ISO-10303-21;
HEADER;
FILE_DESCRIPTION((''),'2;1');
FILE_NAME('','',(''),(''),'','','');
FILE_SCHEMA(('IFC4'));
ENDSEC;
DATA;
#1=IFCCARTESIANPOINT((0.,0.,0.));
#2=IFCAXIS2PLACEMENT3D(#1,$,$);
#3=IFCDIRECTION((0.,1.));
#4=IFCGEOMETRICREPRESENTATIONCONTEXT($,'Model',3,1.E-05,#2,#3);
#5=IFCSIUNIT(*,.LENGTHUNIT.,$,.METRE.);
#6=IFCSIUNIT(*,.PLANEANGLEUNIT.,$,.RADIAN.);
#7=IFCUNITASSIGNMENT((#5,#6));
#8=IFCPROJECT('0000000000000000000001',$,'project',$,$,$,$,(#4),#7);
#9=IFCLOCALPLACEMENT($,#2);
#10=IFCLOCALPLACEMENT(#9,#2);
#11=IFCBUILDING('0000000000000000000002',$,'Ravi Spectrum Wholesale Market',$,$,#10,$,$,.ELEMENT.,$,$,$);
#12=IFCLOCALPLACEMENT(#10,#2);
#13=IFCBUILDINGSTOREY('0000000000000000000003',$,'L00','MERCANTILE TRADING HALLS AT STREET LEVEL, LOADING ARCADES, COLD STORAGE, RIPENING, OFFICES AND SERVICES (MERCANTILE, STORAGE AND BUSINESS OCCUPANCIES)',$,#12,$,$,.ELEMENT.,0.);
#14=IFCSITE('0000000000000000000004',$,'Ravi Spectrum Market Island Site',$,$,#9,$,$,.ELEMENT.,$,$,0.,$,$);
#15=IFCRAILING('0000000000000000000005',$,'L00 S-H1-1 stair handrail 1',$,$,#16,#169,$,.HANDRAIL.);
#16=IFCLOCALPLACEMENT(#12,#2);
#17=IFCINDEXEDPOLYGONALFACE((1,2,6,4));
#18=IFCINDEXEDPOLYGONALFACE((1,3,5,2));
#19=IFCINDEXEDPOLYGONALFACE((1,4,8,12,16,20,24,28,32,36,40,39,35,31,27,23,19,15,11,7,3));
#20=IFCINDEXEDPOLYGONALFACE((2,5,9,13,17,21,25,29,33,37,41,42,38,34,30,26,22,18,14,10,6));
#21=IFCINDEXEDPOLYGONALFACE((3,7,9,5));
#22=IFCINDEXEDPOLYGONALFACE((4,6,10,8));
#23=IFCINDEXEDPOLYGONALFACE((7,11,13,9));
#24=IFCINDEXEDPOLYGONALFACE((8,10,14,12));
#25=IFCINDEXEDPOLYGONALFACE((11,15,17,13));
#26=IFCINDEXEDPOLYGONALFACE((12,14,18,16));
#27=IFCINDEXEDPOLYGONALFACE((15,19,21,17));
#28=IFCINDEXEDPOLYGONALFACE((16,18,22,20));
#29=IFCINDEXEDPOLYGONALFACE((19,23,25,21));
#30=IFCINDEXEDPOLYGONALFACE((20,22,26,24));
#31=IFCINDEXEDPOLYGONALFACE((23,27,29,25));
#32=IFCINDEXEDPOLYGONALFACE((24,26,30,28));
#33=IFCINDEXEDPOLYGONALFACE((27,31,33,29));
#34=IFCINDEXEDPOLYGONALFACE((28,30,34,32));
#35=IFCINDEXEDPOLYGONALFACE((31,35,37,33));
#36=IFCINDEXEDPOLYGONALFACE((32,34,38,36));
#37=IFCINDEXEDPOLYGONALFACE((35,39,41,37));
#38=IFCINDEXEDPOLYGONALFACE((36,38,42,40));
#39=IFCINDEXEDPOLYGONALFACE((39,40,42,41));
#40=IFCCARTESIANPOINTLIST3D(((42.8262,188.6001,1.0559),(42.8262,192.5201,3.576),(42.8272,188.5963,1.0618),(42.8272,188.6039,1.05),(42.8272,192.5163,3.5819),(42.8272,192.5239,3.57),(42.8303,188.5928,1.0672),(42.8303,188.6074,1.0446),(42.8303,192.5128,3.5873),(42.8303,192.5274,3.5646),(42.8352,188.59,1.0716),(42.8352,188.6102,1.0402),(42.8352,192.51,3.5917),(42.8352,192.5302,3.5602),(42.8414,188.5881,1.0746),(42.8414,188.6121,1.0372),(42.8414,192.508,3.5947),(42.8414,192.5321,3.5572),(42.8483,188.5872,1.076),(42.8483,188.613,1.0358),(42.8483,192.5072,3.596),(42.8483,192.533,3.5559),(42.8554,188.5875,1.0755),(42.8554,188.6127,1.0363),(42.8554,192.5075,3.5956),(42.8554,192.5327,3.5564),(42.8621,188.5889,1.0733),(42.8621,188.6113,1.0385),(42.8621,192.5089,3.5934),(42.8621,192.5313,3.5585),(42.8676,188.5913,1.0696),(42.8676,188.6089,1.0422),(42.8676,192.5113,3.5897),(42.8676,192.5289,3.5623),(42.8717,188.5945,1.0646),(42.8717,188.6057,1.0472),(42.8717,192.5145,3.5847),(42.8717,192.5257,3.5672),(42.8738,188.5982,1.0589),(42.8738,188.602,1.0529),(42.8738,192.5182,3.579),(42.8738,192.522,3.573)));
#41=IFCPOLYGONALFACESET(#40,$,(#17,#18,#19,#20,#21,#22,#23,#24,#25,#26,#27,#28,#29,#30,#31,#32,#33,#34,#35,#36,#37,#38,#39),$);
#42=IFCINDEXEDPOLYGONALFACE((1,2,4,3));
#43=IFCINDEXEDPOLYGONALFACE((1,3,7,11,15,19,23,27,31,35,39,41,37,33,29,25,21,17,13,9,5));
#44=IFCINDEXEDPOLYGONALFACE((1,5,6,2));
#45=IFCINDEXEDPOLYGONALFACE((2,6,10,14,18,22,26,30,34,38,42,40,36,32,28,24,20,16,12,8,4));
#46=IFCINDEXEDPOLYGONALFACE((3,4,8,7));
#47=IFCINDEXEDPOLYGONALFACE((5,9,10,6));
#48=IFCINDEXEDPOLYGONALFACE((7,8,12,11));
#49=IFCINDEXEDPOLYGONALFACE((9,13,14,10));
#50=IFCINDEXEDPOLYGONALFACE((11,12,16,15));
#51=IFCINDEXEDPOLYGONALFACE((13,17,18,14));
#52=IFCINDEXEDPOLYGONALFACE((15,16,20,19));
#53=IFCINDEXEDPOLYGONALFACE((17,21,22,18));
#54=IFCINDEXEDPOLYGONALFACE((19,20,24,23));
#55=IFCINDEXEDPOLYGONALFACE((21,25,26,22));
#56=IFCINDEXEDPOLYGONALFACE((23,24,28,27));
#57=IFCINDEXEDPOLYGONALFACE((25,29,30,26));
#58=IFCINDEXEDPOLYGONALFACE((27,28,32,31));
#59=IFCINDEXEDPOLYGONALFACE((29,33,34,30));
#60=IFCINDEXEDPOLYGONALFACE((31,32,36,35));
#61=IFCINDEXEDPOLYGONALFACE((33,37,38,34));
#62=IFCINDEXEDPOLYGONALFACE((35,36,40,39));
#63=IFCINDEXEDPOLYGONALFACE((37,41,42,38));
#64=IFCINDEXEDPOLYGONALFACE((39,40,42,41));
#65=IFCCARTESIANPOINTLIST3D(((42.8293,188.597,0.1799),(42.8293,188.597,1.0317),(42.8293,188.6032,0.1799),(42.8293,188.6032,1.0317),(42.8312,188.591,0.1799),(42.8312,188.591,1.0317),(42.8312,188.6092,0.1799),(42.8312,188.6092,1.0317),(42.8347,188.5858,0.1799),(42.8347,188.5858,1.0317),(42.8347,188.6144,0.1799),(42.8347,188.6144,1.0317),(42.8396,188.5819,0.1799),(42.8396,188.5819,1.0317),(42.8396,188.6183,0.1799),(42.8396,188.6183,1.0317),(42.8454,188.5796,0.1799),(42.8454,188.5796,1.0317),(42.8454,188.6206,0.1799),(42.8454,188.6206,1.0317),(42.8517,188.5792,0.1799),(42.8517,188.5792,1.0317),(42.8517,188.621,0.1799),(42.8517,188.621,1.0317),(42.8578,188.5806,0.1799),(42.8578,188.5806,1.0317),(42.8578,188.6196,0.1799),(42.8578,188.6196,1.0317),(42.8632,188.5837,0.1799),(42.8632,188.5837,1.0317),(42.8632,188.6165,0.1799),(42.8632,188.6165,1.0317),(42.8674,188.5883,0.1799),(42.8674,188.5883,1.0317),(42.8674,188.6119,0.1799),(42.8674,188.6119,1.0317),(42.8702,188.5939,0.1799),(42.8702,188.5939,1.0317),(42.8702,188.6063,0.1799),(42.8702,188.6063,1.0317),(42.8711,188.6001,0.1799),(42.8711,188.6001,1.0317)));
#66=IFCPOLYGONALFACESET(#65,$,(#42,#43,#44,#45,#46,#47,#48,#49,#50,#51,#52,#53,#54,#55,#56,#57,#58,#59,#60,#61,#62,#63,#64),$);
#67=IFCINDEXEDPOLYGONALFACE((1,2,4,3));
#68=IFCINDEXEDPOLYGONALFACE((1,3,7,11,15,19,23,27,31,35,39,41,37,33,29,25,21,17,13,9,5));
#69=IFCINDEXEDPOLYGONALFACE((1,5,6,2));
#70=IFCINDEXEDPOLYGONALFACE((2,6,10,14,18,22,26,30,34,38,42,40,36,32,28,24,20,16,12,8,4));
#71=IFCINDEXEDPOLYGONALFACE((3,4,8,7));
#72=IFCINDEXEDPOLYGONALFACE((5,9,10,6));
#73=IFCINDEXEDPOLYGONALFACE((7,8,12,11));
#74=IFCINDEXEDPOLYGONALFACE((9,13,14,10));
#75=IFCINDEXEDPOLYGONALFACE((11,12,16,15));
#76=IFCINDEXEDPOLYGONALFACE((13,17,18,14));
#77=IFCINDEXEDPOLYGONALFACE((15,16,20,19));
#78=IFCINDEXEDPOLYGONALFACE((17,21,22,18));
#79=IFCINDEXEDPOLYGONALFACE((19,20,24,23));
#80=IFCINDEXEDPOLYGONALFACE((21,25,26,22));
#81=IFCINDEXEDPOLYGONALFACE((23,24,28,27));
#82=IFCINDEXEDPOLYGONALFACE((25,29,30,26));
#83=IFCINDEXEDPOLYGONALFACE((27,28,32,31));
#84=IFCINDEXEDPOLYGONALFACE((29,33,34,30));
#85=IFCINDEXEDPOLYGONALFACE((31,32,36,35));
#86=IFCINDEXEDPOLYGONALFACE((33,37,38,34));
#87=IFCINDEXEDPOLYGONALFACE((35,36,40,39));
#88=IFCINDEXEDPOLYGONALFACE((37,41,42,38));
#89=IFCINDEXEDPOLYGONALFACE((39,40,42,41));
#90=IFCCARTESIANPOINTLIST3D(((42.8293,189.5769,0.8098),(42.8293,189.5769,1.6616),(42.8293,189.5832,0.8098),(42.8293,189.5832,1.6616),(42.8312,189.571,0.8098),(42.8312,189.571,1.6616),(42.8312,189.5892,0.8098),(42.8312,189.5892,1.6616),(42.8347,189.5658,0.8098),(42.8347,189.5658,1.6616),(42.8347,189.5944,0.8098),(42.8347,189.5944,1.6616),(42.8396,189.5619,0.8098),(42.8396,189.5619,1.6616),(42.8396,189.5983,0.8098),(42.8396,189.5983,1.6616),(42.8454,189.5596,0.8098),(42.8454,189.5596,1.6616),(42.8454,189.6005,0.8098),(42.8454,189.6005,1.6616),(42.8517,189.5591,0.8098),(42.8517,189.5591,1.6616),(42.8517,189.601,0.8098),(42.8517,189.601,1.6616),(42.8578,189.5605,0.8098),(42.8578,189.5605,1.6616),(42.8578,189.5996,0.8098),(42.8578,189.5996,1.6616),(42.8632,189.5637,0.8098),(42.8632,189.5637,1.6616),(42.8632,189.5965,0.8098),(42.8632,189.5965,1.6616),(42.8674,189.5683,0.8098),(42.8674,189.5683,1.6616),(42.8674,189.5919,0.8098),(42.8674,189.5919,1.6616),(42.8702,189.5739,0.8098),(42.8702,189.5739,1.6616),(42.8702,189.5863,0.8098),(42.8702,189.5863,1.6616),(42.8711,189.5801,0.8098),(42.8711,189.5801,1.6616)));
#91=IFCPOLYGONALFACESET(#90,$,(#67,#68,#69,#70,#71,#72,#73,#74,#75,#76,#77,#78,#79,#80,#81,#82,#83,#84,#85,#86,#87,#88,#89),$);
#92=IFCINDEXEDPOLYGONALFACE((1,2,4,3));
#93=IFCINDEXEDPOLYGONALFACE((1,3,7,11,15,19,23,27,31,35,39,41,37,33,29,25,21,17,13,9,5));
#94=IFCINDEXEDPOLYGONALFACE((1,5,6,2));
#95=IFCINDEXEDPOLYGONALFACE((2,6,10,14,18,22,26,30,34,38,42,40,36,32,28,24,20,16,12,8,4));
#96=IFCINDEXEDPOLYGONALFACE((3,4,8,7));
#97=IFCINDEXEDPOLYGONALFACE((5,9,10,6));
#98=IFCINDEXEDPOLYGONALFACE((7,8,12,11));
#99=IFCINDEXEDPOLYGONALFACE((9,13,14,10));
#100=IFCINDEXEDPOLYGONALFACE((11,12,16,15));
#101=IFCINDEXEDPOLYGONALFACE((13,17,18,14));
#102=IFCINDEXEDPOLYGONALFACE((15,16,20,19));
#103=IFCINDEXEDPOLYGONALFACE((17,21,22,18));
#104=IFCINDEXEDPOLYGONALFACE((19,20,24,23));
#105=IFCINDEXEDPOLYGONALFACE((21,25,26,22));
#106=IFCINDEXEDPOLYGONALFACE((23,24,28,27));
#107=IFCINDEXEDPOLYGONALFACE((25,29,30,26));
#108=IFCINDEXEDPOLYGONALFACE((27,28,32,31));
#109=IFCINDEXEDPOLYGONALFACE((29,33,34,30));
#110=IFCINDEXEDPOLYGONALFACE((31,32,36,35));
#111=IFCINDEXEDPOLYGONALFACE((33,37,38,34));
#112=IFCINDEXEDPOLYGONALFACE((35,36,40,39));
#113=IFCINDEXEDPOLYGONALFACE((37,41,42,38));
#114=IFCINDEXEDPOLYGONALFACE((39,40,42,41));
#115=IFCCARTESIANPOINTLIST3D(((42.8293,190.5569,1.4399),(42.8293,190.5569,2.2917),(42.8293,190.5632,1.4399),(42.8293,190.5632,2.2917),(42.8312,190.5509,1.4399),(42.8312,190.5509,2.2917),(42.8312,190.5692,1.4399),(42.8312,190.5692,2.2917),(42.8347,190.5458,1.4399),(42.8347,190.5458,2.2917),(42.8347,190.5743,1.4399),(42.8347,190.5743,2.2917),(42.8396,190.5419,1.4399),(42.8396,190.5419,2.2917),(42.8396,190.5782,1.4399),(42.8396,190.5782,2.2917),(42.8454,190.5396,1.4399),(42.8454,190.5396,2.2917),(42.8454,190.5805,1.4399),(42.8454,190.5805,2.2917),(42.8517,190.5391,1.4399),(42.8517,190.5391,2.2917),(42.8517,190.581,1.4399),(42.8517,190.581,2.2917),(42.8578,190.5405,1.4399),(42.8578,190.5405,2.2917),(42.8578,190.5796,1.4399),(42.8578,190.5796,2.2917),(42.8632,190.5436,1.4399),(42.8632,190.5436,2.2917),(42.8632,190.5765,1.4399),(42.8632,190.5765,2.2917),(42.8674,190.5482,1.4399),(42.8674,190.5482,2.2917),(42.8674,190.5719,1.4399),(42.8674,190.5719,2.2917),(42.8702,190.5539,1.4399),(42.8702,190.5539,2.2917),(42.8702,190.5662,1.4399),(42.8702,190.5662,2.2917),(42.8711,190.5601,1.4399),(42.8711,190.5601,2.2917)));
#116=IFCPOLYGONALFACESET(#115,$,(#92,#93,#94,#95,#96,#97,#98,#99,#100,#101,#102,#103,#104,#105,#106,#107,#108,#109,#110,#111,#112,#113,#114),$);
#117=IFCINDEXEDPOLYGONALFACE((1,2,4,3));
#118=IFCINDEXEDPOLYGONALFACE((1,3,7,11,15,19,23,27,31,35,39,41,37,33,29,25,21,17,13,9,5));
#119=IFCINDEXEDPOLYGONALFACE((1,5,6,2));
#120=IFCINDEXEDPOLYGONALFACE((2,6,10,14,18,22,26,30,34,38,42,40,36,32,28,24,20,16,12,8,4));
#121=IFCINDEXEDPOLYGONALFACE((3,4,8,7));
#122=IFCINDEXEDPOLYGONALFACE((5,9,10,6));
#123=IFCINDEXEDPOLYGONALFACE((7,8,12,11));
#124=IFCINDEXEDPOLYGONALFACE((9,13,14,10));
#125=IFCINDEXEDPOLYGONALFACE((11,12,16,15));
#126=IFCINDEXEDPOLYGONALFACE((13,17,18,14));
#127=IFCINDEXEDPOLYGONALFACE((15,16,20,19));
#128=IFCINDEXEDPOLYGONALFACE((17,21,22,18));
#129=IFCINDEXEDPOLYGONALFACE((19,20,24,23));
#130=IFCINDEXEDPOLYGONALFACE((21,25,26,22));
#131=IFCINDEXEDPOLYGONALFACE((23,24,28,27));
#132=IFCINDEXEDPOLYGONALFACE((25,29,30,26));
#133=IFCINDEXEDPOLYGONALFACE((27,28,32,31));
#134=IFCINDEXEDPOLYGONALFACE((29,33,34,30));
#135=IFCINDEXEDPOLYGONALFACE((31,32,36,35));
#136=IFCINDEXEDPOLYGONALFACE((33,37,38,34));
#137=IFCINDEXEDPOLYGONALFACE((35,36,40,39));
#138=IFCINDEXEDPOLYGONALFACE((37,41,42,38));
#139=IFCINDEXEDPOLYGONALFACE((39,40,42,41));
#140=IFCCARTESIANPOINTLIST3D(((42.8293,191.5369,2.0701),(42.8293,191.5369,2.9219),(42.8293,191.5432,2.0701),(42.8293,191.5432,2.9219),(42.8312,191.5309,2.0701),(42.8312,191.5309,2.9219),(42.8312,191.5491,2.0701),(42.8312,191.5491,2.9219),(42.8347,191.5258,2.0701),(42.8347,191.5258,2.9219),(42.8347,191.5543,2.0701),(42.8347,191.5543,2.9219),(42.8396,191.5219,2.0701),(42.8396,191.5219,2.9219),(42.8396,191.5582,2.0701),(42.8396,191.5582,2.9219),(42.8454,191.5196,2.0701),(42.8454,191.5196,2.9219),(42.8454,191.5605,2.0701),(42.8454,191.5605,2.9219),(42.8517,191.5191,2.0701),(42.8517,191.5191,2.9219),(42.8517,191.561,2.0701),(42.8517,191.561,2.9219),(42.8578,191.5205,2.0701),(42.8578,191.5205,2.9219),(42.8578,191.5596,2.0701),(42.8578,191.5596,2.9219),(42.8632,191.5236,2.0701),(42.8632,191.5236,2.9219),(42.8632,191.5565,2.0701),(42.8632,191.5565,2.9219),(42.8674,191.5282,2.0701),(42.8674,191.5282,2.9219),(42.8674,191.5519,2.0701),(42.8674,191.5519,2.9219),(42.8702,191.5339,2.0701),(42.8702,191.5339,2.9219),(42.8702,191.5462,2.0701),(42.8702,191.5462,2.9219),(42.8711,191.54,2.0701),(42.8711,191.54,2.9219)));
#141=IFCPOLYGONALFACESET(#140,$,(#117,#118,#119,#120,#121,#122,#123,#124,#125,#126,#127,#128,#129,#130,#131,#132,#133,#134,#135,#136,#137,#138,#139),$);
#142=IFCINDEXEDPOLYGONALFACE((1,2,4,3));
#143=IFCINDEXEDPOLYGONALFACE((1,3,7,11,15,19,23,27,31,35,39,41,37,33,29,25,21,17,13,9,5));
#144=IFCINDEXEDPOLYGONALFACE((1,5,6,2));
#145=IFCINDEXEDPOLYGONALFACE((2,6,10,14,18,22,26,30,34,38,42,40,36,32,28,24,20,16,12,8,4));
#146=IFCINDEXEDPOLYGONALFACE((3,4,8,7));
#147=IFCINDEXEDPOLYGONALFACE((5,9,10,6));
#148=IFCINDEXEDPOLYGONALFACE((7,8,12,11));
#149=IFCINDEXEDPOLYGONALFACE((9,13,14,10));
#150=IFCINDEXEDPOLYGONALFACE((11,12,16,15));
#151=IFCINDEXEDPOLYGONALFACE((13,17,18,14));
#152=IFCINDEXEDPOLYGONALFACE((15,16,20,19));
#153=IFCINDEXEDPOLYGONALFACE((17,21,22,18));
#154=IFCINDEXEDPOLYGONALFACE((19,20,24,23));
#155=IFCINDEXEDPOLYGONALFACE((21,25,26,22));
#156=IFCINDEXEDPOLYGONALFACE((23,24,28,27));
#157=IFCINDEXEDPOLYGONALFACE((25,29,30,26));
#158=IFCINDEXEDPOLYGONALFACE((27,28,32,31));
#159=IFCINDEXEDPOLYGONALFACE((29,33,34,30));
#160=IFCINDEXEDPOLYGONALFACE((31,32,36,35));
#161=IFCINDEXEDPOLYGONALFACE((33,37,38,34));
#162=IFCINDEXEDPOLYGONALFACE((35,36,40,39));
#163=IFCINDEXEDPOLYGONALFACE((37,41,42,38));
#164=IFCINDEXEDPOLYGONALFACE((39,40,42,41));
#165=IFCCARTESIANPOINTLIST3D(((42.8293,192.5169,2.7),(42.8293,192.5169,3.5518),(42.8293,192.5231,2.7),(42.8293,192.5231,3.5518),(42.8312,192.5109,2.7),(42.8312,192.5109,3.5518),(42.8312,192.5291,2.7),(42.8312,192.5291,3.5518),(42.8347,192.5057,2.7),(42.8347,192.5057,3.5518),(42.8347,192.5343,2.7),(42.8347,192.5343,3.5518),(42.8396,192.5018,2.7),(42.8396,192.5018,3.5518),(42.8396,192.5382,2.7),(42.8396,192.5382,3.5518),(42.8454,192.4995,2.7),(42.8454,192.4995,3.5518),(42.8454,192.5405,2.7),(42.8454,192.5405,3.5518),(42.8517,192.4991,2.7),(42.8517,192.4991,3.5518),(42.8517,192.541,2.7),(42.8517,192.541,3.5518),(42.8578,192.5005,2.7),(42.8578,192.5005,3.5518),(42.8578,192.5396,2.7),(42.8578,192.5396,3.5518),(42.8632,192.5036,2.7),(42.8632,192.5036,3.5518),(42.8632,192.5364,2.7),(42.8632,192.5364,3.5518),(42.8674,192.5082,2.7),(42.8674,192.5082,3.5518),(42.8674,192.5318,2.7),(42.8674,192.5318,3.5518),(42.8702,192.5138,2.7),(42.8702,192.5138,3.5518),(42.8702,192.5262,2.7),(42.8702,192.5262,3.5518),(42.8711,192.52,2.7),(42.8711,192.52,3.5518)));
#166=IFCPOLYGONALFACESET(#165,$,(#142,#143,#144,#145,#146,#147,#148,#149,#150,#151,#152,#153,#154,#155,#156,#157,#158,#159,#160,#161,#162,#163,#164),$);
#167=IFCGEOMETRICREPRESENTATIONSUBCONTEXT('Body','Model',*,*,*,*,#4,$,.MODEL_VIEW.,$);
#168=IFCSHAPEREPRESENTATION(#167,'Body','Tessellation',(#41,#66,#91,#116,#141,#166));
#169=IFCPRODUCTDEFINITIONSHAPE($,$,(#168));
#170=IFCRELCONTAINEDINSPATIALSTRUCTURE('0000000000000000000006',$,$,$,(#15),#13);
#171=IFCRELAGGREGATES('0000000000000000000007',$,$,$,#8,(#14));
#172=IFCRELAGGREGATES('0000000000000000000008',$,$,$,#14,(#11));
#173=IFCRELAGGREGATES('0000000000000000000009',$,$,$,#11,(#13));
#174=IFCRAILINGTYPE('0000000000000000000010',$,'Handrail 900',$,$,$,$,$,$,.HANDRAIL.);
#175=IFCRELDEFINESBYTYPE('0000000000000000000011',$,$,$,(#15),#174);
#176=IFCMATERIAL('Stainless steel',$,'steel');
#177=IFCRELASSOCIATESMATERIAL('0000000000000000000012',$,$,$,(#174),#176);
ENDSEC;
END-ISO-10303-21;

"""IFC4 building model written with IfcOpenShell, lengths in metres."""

from ifc_helpers import new_model, si_unit, direction, frame, origin, origin_2d, place, context, subcontext, project, spatial, circle, extrude, material, type_object, element, save


model = new_model("IFC4")

# Units and contexts
model_context = context("Model", 3, precision=1e-05, world=origin(), true_north=direction((0.0, 1.0)))
body_context = subcontext(model_context, "Body", "Model", "MODEL_VIEW")
ifc_project = project(units=[si_unit("LENGTHUNIT", "METRE"), si_unit("PLANEANGLEUNIT", "RADIAN")], contexts=[model_context])

# Site, building, storey
site_placement = place(None, origin())
site = spatial("IfcSite", under=ifc_project, at=site_placement, Name="Ravi Spectrum Market Island Site", CompositionType="ELEMENT", RefElevation=0.0)
building_placement = place(site_placement, origin())
building = spatial("IfcBuilding", under=site, at=building_placement, Name="Ravi Spectrum Wholesale Market", CompositionType="ELEMENT")
storey_placement = place(building_placement, origin())
storey = spatial("IfcBuildingStorey", under=building, at=storey_placement, Name="L00", Description="MERCANTILE TRADING HALLS AT STREET LEVEL, LOADING ARCADES, COLD STORAGE, RIPENING, OFFICES AND SERVICES (MERCANTILE, STORAGE AND BUSINESS OCCUPANCIES)", CompositionType="ELEMENT", Elevation=0.0)

# Railing
ifc_material_1 = material(Name="Stainless steel", Category="steel")
railing_type_1 = type_object("IfcRailingType", Name="Handrail 900", PredefinedType="HANDRAIL", material=ifc_material_1)
railing_1_placement = place(storey_placement, frame((42.8501, 188.6001, 0.1799)))
element("IfcRailing", 1, at=railing_1_placement, inside=storey, type_object=railing_type_1, Name="L00 S-H1-1 stair handrail 1", PredefinedType="HANDRAIL", context=body_context, shape_type="SweptSolid", body=[
    extrude(circle(Radius=0.0239, at=origin_2d()), frame((0.0, 0.0, 0.876), z_axis=(0.0, 0.841172, 0.540768), x_axis=(-1.0, 0.0, 0.0)), (0.0, 0.0, 1.0), 4.6602),
    extrude(circle(Radius=0.021, at=origin_2d()), origin(), (0.0, 0.0, 1.0), 0.8518),
    extrude(circle(Radius=0.021, at=origin_2d()), frame((0.0, 0.98, 0.6299)), (0.0, 0.0, 1.0), 0.8518),
    extrude(circle(Radius=0.021, at=origin_2d()), frame((0.0, 1.96, 1.26)), (0.0, 0.0, 1.0), 0.8518),
    extrude(circle(Radius=0.021, at=origin_2d()), frame((0.0, 2.9399, 1.8901)), (0.0, 0.0, 1.0), 0.8518),
    extrude(circle(Radius=0.021, at=origin_2d()), frame((0.0, 3.9199, 2.52)), (0.0, 0.0, 1.0), 0.8518),
])

save(model, "model.ifc")
